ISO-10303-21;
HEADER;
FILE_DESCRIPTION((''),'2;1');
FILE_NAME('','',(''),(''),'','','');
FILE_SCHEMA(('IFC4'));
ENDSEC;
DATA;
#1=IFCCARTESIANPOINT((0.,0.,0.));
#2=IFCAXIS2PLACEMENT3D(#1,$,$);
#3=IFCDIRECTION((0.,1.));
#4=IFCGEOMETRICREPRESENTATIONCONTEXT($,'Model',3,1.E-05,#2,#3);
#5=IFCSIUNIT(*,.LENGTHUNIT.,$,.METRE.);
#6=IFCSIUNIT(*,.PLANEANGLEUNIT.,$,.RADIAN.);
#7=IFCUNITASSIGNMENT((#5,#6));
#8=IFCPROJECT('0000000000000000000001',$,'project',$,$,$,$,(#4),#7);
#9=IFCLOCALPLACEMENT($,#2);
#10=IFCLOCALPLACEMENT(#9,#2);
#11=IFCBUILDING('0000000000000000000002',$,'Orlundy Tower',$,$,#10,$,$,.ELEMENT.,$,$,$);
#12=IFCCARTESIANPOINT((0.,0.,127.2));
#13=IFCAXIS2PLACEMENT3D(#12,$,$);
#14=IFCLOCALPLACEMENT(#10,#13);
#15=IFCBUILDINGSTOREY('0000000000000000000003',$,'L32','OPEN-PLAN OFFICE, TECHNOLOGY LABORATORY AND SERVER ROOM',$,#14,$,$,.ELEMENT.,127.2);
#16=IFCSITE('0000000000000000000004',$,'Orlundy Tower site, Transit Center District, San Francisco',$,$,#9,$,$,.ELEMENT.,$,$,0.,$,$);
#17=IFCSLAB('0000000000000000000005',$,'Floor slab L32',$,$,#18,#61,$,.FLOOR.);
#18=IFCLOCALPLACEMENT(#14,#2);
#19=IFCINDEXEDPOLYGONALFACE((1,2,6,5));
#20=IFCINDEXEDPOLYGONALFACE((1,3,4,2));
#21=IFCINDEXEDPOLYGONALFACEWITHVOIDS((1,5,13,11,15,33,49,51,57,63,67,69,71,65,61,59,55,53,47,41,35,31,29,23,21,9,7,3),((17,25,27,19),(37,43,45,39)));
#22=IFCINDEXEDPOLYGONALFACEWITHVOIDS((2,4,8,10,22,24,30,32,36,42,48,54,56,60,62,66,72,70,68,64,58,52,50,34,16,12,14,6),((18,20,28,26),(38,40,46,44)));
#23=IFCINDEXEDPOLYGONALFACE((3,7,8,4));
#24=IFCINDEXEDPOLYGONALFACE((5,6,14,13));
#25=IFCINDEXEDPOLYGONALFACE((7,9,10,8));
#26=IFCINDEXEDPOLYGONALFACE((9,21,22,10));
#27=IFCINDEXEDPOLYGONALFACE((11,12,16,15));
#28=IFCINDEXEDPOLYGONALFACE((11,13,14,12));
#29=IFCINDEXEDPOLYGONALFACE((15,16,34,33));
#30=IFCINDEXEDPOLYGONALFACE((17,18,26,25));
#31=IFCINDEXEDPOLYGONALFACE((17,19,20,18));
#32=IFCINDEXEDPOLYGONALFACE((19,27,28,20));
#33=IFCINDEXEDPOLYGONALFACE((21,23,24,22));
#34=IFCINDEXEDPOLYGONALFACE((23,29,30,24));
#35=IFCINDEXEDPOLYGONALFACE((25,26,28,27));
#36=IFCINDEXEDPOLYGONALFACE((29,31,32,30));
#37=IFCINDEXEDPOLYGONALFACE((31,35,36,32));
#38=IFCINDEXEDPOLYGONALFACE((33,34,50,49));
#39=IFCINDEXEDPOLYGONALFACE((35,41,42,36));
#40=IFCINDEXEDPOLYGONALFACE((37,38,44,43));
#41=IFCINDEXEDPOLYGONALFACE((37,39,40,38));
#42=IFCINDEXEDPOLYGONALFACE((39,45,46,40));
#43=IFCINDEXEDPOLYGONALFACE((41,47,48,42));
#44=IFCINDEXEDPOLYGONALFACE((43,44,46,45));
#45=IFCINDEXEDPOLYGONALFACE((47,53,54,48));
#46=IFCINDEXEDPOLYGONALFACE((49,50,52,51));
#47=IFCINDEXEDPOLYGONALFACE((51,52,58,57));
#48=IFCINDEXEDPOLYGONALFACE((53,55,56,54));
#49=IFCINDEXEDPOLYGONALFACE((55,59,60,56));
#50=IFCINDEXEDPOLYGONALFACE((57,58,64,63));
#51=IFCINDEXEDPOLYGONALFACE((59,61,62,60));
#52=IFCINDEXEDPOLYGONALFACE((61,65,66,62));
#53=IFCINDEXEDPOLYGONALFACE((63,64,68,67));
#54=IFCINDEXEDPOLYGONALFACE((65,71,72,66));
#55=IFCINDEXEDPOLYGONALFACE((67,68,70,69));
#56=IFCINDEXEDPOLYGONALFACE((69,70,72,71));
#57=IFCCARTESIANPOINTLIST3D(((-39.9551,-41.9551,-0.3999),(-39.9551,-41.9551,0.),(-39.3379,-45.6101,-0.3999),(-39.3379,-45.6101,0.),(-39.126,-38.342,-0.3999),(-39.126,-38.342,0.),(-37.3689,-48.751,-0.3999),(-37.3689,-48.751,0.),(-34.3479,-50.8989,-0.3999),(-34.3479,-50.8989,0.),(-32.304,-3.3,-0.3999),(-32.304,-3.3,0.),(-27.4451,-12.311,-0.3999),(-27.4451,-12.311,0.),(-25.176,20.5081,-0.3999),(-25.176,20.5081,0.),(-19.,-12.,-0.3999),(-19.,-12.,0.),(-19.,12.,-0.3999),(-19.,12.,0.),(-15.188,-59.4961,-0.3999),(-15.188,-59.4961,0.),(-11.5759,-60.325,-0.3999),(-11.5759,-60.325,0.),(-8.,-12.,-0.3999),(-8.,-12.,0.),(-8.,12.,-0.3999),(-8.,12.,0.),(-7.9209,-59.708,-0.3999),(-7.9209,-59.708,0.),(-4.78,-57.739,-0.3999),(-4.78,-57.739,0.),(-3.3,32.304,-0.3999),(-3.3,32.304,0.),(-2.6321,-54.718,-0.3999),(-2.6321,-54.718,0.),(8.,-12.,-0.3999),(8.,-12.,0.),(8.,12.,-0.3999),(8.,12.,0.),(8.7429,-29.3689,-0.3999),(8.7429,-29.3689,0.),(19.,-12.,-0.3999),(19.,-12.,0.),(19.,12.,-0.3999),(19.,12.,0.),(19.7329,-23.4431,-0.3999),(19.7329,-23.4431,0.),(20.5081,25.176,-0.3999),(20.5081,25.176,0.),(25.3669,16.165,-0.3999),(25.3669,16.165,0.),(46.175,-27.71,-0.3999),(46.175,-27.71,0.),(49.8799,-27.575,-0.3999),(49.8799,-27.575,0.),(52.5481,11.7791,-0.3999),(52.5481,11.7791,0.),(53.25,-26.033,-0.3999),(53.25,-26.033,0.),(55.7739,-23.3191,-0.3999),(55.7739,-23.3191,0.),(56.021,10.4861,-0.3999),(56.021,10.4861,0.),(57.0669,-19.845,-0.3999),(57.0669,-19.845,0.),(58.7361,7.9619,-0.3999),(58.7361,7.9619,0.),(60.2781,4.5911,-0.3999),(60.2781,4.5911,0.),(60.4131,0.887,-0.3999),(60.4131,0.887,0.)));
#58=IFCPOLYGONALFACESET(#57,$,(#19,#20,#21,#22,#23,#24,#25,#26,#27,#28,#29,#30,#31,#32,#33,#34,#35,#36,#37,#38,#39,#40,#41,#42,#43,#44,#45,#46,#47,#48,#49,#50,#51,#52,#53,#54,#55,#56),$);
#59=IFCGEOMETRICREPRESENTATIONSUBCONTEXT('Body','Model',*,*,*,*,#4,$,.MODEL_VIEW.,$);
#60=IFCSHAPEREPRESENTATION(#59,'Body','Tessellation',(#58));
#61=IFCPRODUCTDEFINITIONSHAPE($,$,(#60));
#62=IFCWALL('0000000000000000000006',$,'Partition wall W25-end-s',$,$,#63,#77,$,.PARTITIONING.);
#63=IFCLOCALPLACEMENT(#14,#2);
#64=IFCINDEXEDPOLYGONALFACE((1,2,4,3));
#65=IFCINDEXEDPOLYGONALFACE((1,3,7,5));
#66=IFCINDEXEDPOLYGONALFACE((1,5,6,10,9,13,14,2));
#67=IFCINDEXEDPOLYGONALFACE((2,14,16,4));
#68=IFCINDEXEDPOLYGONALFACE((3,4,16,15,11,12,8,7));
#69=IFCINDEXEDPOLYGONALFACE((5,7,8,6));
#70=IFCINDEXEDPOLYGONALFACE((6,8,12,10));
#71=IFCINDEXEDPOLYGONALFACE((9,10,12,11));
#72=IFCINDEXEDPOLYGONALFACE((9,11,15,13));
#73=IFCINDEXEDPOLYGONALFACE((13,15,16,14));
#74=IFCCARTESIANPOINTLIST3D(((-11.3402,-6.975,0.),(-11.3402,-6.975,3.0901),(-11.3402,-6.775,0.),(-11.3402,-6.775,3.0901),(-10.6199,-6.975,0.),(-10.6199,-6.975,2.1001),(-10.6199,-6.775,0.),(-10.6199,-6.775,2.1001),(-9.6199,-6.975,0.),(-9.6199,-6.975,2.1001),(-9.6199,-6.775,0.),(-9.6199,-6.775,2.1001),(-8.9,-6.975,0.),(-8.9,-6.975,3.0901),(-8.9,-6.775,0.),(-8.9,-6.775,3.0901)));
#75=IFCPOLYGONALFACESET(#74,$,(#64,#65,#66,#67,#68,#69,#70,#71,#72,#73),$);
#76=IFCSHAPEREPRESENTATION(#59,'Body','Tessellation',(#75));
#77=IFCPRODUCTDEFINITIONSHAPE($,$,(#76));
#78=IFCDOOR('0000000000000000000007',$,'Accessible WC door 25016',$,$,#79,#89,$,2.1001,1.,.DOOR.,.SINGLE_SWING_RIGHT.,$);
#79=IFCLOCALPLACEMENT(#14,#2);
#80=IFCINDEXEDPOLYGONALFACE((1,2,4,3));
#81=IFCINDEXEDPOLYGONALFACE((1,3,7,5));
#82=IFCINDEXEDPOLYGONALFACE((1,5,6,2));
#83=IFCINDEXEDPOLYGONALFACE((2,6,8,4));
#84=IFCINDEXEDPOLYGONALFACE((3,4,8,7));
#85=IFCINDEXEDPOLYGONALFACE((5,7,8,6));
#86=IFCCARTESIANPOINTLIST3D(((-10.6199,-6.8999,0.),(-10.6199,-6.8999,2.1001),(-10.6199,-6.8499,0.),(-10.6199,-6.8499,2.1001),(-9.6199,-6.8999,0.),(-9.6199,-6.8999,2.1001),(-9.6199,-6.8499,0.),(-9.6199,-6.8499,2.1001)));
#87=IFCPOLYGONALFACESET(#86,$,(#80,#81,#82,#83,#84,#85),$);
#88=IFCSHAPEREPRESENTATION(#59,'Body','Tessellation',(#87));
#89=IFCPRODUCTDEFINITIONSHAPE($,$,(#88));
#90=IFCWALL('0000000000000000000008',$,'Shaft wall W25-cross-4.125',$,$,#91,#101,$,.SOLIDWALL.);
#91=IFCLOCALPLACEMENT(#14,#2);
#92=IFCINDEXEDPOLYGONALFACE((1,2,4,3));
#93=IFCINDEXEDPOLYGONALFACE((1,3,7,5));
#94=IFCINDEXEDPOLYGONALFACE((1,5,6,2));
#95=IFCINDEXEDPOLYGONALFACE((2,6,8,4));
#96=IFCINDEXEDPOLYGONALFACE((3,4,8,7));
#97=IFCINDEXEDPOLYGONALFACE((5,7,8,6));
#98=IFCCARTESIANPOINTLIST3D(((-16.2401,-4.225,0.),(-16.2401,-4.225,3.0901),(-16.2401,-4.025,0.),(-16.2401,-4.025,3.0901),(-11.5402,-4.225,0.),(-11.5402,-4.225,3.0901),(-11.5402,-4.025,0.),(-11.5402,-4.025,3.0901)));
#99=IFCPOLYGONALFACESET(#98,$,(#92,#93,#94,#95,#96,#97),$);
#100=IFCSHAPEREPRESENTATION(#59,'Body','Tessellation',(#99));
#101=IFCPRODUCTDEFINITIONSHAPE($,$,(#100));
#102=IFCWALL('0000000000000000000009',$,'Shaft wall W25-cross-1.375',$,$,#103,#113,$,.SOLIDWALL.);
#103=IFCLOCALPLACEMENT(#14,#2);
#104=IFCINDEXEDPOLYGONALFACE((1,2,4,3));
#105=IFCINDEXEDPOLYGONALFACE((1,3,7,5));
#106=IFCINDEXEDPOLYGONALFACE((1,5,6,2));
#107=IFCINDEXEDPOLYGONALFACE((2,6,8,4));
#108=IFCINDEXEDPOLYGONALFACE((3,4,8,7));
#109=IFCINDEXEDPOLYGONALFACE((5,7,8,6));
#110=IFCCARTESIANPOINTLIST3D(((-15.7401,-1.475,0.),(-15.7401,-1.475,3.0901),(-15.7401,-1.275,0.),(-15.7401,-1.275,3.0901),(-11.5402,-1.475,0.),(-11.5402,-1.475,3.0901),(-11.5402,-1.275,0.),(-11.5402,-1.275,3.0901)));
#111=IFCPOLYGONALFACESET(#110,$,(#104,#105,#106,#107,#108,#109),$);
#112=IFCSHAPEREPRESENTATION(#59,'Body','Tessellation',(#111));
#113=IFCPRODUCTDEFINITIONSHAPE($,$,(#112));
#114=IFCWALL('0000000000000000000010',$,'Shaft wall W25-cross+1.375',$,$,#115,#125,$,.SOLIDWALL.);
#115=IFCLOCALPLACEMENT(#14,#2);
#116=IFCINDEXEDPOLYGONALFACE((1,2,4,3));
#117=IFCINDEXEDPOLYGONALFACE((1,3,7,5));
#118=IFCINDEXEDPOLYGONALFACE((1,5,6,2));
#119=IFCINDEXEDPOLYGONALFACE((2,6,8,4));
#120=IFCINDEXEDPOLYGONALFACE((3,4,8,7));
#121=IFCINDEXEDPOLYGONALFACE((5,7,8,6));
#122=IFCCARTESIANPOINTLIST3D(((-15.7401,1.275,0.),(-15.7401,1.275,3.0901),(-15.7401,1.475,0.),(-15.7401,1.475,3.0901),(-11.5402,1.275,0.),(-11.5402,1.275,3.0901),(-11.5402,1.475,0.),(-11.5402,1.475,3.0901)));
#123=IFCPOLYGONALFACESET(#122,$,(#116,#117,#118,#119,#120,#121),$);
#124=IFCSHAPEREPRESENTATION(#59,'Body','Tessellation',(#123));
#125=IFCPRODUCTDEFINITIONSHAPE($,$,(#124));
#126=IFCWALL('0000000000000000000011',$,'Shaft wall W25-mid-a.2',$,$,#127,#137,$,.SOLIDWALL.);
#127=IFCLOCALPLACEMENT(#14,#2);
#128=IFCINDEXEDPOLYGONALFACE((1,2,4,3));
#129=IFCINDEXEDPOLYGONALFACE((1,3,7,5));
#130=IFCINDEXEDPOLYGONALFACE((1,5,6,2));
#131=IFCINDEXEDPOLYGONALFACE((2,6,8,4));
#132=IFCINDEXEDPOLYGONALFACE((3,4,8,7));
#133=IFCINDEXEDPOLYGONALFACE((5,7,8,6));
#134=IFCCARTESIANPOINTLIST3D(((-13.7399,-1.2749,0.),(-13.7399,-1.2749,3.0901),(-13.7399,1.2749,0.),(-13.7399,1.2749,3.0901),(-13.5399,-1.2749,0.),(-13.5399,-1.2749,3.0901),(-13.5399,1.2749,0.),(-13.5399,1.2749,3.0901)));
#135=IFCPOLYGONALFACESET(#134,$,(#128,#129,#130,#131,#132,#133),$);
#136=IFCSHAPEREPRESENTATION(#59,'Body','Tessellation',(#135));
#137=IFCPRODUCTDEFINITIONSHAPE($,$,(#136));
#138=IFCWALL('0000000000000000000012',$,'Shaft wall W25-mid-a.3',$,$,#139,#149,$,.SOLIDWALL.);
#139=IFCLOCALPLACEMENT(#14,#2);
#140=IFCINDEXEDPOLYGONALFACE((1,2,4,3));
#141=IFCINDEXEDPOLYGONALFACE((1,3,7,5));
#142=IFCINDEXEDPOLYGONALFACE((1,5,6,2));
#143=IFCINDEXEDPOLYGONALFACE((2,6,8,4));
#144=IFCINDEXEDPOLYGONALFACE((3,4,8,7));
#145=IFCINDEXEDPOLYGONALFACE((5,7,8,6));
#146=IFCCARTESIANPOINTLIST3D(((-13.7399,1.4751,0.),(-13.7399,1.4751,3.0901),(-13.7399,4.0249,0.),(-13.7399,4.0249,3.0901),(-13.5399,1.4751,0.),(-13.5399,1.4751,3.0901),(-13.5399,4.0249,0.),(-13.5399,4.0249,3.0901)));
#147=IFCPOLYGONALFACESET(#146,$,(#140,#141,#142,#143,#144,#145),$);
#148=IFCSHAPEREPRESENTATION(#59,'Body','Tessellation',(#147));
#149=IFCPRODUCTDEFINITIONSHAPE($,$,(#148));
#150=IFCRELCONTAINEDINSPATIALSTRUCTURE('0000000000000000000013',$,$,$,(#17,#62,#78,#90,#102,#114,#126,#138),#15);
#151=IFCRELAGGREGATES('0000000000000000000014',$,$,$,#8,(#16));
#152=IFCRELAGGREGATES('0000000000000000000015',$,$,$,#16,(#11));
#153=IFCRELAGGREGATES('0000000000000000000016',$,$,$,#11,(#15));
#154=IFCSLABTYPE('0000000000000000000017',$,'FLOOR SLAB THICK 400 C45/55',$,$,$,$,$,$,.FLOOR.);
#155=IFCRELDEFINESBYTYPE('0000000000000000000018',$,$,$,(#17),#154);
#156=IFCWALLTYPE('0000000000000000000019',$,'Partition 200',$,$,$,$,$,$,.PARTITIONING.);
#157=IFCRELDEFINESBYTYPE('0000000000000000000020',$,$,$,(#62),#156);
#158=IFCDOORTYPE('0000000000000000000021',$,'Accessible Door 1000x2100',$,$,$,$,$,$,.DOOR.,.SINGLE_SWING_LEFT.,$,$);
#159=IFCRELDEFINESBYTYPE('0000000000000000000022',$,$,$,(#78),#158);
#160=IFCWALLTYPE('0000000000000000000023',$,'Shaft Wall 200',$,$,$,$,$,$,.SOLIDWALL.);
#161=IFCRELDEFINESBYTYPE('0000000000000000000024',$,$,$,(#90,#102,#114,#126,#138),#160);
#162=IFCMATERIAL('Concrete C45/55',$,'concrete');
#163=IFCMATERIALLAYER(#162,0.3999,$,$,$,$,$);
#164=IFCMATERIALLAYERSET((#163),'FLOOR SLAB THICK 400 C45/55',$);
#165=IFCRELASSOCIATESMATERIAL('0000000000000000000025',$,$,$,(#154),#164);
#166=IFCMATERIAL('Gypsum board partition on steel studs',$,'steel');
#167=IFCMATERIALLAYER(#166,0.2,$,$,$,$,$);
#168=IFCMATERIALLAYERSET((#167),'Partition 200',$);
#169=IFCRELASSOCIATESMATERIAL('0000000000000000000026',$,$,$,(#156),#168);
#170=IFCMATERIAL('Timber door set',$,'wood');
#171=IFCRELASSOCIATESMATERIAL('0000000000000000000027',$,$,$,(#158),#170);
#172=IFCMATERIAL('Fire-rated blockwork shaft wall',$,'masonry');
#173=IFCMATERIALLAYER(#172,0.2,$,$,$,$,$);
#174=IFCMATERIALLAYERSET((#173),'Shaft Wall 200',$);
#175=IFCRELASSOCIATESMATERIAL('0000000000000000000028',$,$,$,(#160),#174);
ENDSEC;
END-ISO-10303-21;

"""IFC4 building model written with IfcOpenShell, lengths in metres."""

from ifc_helpers import new_model, si_unit, direction, frame, frame_2d, origin, place, context, subcontext, project, spatial, polyline, rectangle, outline, extrude, material, layer, layer_set, type_object, element, fill, save


model = new_model("IFC4")

# Units and contexts
model_context = context("Model", 3, precision=1e-05, world=origin(), true_north=direction((0.0, 1.0)))
body_context = subcontext(model_context, "Body", "Model", "MODEL_VIEW")
ifc_project = project(units=[si_unit("LENGTHUNIT", "METRE"), si_unit("PLANEANGLEUNIT", "RADIAN")], contexts=[model_context])

# Site, building, storey
site_placement = place(None, origin())
site = spatial("IfcSite", under=ifc_project, at=site_placement, Name="Orlundy Tower site, Transit Center District, San Francisco", CompositionType="ELEMENT", RefElevation=0.0)
building_placement = place(site_placement, origin())
building = spatial("IfcBuilding", under=site, at=building_placement, Name="Orlundy Tower", CompositionType="ELEMENT")
storey_placement = place(building_placement, frame((0.0, 0.0, 127.2)))
storey = spatial("IfcBuildingStorey", under=building, at=storey_placement, Name="L32", Description="OPEN-PLAN OFFICE, TECHNOLOGY LABORATORY AND SERVER ROOM", CompositionType="ELEMENT", Elevation=127.2)

# Slab
ifc_material_1 = material(Name="Concrete C45/55", Category="concrete")
ifc_layer_1 = layer(ifc_material_1, 0.3999)
ifc_layer_set_1 = layer_set([ifc_layer_1], Name="FLOOR SLAB THICK 400 C45/55")
slab_type_1 = type_object("IfcSlabType", Name="FLOOR SLAB THICK 400 C45/55", PredefinedType="FLOOR", material=ifc_layer_set_1)
slab_1_placement = place(storey_placement, frame((0.0, 0.0, -0.3999)))
element("IfcSlab", 1, at=slab_1_placement, inside=storey, type_object=slab_type_1, Name="Floor slab L32", PredefinedType="FLOOR", context=body_context, shape_type="SweptSolid", body=[
    extrude(outline(polyline([(-27.4451, -12.311), (-32.304, -3.3), (-25.176, 20.5081), (-3.3, 32.304), (20.5081, 25.176), (25.3669, 16.165), (52.5481, 11.7791), (56.021, 10.4861), (58.7361, 7.9619), (60.2781, 4.5911), (60.4131, 0.887), (57.0669, -19.845), (55.7739, -23.3191), (53.25, -26.033), (49.8799, -27.575), (46.175, -27.71), (19.7329, -23.4431), (8.7429, -29.3689), (-2.6321, -54.718), (-4.78, -57.739), (-7.9209, -59.708), (-11.5759, -60.325), (-15.188, -59.4961), (-34.3479, -50.8989), (-37.3689, -48.751), (-39.3379, -45.6101), (-39.9551, -41.9551), (-39.126, -38.342), (-27.4451, -12.311)]), holes=[polyline([(-8.0, -12.0), (-8.0, 12.0), (-19.0, 12.0), (-19.0, -12.0), (-8.0, -12.0)]), polyline([(19.0, -12.0), (19.0, 12.0), (8.0, 12.0), (8.0, -12.0), (19.0, -12.0)])]), origin(), (0.0, 0.0, 1.0), 0.3999),
])

# Wall, opening, door
ifc_material_2 = material(Name="Gypsum board partition on steel studs", Category="steel")
ifc_layer_2 = layer(ifc_material_2, 0.2)
ifc_layer_set_2 = layer_set([ifc_layer_2], Name="Partition 200")
wall_type_1 = type_object("IfcWallType", Name="Partition 200", PredefinedType="PARTITIONING", material=ifc_layer_set_2)
wall_1_placement = place(storey_placement, frame((-8.8999, -6.875, 0.0), z_axis=(0.0, 0.0, 1.0), x_axis=(-1.0, 0.0, 0.0)))
wall_1 = element("IfcWall", 2, at=wall_1_placement, inside=storey, type_object=wall_type_1, Name="Partition wall W25-end-s", PredefinedType="PARTITIONING", context=body_context, shape_type="SweptSolid", body=[
    extrude(rectangle(XDim=2.4402, YDim=0.2, at=frame_2d((1.2202, 0.0))), origin(), (0.0, 0.0, 1.0), 3.0901),
])
opening_placement = place(wall_1_placement, frame((0.72, 0.0, 0.0)))
opening = element("IfcOpeningElement", 3, at=opening_placement, cuts=wall_1, PredefinedType="OPENING", context=body_context, shape_type="SweptSolid", body=[
    extrude(rectangle(XDim=1.0, YDim=2.1001, at=frame_2d((0.5, 1.05))), frame((0.0, 0.1101, 0.0), z_axis=(0.0, -1.0, 0.0), x_axis=(1.0, 0.0, 0.0)), (0.0, 0.0, 1.0), 0.2202),
])
ifc_material_3 = material(Name="Timber door set", Category="wood")
door_type = type_object("IfcDoorType", Name="Accessible Door 1000x2100", OperationType="SINGLE_SWING_LEFT", PredefinedType="DOOR", material=ifc_material_3)
door_placement = place(opening_placement, origin())
door = element("IfcDoor", 4, at=door_placement, inside=storey, type_object=door_type, Name="Accessible WC door 25016", OperationType="SINGLE_SWING_RIGHT", OverallHeight=2.1001, OverallWidth=1.0, PredefinedType="DOOR", context=body_context, shape_type="SweptSolid", body=[
    extrude(rectangle(XDim=1.0, YDim=2.1001, at=frame_2d((0.5, 1.05))), frame((0.0, 0.0249, 0.0), z_axis=(0.0, -1.0, 0.0), x_axis=(1.0, 0.0, 0.0)), (0.0, 0.0, 1.0), 0.05),
])
fill(opening, door)

# Walls
ifc_material_4 = material(Name="Fire-rated blockwork shaft wall", Category="masonry")
ifc_layer_3 = layer(ifc_material_4, 0.2)
ifc_layer_set_3 = layer_set([ifc_layer_3], Name="Shaft Wall 200")
wall_type_2 = type_object("IfcWallType", Name="Shaft Wall 200", PredefinedType="SOLIDWALL", material=ifc_layer_set_3)
wall_2_placement = place(storey_placement, frame((-11.54, -4.125, 0.0), z_axis=(0.0, 0.0, 1.0), x_axis=(-1.0, 0.0, 0.0)))
element("IfcWall", 5, at=wall_2_placement, inside=storey, type_object=wall_type_2, Name="Shaft wall W25-cross-4.125", PredefinedType="SOLIDWALL", context=body_context, shape_type="SweptSolid", body=[
    extrude(rectangle(XDim=4.7, YDim=0.2, at=frame_2d((2.3501, 0.0))), origin(), (0.0, 0.0, 1.0), 3.0901),
])
for number, where, z_axis, x_axis, name in (
    (6, (-11.54, -1.375, 0.0), (0.0, 0.0, 1.0), (-1.0, 0.0, 0.0), "Shaft wall W25-cross-1.375"),
    (7, (-11.54, 1.375, 0.0), (0.0, 0.0, 1.0), (-1.0, 0.0, 0.0), "Shaft wall W25-cross+1.375"),
):
    element("IfcWall", number, at=place(storey_placement, frame(where, z_axis=z_axis, x_axis=x_axis)), inside=storey, type_object=wall_type_2, Name=name, PredefinedType="SOLIDWALL", context=body_context, shape_type="SweptSolid", body=[
        extrude(rectangle(XDim=4.2, YDim=0.2, at=frame_2d((2.1001, 0.0))), origin(), (0.0, 0.0, 1.0), 3.0901),
    ])
for number, where, z_axis, x_axis, name in (
    (8, (-13.6399, -1.2749, 0.0), (0.0, 0.0, 1.0), (0.0, 1.0, 0.0), "Shaft wall W25-mid-a.2"),
    (9, (-13.6399, 1.4751, 0.0), (0.0, 0.0, 1.0), (0.0, 1.0, 0.0), "Shaft wall W25-mid-a.3"),
):
    element("IfcWall", number, at=place(storey_placement, frame(where, z_axis=z_axis, x_axis=x_axis)), inside=storey, type_object=wall_type_2, Name=name, PredefinedType="SOLIDWALL", context=body_context, shape_type="SweptSolid", body=[
        extrude(rectangle(XDim=2.5498, YDim=0.2, at=frame_2d((1.2749, 0.0))), origin(), (0.0, 0.0, 1.0), 3.0901),
    ])

save(model, "model.ifc")
